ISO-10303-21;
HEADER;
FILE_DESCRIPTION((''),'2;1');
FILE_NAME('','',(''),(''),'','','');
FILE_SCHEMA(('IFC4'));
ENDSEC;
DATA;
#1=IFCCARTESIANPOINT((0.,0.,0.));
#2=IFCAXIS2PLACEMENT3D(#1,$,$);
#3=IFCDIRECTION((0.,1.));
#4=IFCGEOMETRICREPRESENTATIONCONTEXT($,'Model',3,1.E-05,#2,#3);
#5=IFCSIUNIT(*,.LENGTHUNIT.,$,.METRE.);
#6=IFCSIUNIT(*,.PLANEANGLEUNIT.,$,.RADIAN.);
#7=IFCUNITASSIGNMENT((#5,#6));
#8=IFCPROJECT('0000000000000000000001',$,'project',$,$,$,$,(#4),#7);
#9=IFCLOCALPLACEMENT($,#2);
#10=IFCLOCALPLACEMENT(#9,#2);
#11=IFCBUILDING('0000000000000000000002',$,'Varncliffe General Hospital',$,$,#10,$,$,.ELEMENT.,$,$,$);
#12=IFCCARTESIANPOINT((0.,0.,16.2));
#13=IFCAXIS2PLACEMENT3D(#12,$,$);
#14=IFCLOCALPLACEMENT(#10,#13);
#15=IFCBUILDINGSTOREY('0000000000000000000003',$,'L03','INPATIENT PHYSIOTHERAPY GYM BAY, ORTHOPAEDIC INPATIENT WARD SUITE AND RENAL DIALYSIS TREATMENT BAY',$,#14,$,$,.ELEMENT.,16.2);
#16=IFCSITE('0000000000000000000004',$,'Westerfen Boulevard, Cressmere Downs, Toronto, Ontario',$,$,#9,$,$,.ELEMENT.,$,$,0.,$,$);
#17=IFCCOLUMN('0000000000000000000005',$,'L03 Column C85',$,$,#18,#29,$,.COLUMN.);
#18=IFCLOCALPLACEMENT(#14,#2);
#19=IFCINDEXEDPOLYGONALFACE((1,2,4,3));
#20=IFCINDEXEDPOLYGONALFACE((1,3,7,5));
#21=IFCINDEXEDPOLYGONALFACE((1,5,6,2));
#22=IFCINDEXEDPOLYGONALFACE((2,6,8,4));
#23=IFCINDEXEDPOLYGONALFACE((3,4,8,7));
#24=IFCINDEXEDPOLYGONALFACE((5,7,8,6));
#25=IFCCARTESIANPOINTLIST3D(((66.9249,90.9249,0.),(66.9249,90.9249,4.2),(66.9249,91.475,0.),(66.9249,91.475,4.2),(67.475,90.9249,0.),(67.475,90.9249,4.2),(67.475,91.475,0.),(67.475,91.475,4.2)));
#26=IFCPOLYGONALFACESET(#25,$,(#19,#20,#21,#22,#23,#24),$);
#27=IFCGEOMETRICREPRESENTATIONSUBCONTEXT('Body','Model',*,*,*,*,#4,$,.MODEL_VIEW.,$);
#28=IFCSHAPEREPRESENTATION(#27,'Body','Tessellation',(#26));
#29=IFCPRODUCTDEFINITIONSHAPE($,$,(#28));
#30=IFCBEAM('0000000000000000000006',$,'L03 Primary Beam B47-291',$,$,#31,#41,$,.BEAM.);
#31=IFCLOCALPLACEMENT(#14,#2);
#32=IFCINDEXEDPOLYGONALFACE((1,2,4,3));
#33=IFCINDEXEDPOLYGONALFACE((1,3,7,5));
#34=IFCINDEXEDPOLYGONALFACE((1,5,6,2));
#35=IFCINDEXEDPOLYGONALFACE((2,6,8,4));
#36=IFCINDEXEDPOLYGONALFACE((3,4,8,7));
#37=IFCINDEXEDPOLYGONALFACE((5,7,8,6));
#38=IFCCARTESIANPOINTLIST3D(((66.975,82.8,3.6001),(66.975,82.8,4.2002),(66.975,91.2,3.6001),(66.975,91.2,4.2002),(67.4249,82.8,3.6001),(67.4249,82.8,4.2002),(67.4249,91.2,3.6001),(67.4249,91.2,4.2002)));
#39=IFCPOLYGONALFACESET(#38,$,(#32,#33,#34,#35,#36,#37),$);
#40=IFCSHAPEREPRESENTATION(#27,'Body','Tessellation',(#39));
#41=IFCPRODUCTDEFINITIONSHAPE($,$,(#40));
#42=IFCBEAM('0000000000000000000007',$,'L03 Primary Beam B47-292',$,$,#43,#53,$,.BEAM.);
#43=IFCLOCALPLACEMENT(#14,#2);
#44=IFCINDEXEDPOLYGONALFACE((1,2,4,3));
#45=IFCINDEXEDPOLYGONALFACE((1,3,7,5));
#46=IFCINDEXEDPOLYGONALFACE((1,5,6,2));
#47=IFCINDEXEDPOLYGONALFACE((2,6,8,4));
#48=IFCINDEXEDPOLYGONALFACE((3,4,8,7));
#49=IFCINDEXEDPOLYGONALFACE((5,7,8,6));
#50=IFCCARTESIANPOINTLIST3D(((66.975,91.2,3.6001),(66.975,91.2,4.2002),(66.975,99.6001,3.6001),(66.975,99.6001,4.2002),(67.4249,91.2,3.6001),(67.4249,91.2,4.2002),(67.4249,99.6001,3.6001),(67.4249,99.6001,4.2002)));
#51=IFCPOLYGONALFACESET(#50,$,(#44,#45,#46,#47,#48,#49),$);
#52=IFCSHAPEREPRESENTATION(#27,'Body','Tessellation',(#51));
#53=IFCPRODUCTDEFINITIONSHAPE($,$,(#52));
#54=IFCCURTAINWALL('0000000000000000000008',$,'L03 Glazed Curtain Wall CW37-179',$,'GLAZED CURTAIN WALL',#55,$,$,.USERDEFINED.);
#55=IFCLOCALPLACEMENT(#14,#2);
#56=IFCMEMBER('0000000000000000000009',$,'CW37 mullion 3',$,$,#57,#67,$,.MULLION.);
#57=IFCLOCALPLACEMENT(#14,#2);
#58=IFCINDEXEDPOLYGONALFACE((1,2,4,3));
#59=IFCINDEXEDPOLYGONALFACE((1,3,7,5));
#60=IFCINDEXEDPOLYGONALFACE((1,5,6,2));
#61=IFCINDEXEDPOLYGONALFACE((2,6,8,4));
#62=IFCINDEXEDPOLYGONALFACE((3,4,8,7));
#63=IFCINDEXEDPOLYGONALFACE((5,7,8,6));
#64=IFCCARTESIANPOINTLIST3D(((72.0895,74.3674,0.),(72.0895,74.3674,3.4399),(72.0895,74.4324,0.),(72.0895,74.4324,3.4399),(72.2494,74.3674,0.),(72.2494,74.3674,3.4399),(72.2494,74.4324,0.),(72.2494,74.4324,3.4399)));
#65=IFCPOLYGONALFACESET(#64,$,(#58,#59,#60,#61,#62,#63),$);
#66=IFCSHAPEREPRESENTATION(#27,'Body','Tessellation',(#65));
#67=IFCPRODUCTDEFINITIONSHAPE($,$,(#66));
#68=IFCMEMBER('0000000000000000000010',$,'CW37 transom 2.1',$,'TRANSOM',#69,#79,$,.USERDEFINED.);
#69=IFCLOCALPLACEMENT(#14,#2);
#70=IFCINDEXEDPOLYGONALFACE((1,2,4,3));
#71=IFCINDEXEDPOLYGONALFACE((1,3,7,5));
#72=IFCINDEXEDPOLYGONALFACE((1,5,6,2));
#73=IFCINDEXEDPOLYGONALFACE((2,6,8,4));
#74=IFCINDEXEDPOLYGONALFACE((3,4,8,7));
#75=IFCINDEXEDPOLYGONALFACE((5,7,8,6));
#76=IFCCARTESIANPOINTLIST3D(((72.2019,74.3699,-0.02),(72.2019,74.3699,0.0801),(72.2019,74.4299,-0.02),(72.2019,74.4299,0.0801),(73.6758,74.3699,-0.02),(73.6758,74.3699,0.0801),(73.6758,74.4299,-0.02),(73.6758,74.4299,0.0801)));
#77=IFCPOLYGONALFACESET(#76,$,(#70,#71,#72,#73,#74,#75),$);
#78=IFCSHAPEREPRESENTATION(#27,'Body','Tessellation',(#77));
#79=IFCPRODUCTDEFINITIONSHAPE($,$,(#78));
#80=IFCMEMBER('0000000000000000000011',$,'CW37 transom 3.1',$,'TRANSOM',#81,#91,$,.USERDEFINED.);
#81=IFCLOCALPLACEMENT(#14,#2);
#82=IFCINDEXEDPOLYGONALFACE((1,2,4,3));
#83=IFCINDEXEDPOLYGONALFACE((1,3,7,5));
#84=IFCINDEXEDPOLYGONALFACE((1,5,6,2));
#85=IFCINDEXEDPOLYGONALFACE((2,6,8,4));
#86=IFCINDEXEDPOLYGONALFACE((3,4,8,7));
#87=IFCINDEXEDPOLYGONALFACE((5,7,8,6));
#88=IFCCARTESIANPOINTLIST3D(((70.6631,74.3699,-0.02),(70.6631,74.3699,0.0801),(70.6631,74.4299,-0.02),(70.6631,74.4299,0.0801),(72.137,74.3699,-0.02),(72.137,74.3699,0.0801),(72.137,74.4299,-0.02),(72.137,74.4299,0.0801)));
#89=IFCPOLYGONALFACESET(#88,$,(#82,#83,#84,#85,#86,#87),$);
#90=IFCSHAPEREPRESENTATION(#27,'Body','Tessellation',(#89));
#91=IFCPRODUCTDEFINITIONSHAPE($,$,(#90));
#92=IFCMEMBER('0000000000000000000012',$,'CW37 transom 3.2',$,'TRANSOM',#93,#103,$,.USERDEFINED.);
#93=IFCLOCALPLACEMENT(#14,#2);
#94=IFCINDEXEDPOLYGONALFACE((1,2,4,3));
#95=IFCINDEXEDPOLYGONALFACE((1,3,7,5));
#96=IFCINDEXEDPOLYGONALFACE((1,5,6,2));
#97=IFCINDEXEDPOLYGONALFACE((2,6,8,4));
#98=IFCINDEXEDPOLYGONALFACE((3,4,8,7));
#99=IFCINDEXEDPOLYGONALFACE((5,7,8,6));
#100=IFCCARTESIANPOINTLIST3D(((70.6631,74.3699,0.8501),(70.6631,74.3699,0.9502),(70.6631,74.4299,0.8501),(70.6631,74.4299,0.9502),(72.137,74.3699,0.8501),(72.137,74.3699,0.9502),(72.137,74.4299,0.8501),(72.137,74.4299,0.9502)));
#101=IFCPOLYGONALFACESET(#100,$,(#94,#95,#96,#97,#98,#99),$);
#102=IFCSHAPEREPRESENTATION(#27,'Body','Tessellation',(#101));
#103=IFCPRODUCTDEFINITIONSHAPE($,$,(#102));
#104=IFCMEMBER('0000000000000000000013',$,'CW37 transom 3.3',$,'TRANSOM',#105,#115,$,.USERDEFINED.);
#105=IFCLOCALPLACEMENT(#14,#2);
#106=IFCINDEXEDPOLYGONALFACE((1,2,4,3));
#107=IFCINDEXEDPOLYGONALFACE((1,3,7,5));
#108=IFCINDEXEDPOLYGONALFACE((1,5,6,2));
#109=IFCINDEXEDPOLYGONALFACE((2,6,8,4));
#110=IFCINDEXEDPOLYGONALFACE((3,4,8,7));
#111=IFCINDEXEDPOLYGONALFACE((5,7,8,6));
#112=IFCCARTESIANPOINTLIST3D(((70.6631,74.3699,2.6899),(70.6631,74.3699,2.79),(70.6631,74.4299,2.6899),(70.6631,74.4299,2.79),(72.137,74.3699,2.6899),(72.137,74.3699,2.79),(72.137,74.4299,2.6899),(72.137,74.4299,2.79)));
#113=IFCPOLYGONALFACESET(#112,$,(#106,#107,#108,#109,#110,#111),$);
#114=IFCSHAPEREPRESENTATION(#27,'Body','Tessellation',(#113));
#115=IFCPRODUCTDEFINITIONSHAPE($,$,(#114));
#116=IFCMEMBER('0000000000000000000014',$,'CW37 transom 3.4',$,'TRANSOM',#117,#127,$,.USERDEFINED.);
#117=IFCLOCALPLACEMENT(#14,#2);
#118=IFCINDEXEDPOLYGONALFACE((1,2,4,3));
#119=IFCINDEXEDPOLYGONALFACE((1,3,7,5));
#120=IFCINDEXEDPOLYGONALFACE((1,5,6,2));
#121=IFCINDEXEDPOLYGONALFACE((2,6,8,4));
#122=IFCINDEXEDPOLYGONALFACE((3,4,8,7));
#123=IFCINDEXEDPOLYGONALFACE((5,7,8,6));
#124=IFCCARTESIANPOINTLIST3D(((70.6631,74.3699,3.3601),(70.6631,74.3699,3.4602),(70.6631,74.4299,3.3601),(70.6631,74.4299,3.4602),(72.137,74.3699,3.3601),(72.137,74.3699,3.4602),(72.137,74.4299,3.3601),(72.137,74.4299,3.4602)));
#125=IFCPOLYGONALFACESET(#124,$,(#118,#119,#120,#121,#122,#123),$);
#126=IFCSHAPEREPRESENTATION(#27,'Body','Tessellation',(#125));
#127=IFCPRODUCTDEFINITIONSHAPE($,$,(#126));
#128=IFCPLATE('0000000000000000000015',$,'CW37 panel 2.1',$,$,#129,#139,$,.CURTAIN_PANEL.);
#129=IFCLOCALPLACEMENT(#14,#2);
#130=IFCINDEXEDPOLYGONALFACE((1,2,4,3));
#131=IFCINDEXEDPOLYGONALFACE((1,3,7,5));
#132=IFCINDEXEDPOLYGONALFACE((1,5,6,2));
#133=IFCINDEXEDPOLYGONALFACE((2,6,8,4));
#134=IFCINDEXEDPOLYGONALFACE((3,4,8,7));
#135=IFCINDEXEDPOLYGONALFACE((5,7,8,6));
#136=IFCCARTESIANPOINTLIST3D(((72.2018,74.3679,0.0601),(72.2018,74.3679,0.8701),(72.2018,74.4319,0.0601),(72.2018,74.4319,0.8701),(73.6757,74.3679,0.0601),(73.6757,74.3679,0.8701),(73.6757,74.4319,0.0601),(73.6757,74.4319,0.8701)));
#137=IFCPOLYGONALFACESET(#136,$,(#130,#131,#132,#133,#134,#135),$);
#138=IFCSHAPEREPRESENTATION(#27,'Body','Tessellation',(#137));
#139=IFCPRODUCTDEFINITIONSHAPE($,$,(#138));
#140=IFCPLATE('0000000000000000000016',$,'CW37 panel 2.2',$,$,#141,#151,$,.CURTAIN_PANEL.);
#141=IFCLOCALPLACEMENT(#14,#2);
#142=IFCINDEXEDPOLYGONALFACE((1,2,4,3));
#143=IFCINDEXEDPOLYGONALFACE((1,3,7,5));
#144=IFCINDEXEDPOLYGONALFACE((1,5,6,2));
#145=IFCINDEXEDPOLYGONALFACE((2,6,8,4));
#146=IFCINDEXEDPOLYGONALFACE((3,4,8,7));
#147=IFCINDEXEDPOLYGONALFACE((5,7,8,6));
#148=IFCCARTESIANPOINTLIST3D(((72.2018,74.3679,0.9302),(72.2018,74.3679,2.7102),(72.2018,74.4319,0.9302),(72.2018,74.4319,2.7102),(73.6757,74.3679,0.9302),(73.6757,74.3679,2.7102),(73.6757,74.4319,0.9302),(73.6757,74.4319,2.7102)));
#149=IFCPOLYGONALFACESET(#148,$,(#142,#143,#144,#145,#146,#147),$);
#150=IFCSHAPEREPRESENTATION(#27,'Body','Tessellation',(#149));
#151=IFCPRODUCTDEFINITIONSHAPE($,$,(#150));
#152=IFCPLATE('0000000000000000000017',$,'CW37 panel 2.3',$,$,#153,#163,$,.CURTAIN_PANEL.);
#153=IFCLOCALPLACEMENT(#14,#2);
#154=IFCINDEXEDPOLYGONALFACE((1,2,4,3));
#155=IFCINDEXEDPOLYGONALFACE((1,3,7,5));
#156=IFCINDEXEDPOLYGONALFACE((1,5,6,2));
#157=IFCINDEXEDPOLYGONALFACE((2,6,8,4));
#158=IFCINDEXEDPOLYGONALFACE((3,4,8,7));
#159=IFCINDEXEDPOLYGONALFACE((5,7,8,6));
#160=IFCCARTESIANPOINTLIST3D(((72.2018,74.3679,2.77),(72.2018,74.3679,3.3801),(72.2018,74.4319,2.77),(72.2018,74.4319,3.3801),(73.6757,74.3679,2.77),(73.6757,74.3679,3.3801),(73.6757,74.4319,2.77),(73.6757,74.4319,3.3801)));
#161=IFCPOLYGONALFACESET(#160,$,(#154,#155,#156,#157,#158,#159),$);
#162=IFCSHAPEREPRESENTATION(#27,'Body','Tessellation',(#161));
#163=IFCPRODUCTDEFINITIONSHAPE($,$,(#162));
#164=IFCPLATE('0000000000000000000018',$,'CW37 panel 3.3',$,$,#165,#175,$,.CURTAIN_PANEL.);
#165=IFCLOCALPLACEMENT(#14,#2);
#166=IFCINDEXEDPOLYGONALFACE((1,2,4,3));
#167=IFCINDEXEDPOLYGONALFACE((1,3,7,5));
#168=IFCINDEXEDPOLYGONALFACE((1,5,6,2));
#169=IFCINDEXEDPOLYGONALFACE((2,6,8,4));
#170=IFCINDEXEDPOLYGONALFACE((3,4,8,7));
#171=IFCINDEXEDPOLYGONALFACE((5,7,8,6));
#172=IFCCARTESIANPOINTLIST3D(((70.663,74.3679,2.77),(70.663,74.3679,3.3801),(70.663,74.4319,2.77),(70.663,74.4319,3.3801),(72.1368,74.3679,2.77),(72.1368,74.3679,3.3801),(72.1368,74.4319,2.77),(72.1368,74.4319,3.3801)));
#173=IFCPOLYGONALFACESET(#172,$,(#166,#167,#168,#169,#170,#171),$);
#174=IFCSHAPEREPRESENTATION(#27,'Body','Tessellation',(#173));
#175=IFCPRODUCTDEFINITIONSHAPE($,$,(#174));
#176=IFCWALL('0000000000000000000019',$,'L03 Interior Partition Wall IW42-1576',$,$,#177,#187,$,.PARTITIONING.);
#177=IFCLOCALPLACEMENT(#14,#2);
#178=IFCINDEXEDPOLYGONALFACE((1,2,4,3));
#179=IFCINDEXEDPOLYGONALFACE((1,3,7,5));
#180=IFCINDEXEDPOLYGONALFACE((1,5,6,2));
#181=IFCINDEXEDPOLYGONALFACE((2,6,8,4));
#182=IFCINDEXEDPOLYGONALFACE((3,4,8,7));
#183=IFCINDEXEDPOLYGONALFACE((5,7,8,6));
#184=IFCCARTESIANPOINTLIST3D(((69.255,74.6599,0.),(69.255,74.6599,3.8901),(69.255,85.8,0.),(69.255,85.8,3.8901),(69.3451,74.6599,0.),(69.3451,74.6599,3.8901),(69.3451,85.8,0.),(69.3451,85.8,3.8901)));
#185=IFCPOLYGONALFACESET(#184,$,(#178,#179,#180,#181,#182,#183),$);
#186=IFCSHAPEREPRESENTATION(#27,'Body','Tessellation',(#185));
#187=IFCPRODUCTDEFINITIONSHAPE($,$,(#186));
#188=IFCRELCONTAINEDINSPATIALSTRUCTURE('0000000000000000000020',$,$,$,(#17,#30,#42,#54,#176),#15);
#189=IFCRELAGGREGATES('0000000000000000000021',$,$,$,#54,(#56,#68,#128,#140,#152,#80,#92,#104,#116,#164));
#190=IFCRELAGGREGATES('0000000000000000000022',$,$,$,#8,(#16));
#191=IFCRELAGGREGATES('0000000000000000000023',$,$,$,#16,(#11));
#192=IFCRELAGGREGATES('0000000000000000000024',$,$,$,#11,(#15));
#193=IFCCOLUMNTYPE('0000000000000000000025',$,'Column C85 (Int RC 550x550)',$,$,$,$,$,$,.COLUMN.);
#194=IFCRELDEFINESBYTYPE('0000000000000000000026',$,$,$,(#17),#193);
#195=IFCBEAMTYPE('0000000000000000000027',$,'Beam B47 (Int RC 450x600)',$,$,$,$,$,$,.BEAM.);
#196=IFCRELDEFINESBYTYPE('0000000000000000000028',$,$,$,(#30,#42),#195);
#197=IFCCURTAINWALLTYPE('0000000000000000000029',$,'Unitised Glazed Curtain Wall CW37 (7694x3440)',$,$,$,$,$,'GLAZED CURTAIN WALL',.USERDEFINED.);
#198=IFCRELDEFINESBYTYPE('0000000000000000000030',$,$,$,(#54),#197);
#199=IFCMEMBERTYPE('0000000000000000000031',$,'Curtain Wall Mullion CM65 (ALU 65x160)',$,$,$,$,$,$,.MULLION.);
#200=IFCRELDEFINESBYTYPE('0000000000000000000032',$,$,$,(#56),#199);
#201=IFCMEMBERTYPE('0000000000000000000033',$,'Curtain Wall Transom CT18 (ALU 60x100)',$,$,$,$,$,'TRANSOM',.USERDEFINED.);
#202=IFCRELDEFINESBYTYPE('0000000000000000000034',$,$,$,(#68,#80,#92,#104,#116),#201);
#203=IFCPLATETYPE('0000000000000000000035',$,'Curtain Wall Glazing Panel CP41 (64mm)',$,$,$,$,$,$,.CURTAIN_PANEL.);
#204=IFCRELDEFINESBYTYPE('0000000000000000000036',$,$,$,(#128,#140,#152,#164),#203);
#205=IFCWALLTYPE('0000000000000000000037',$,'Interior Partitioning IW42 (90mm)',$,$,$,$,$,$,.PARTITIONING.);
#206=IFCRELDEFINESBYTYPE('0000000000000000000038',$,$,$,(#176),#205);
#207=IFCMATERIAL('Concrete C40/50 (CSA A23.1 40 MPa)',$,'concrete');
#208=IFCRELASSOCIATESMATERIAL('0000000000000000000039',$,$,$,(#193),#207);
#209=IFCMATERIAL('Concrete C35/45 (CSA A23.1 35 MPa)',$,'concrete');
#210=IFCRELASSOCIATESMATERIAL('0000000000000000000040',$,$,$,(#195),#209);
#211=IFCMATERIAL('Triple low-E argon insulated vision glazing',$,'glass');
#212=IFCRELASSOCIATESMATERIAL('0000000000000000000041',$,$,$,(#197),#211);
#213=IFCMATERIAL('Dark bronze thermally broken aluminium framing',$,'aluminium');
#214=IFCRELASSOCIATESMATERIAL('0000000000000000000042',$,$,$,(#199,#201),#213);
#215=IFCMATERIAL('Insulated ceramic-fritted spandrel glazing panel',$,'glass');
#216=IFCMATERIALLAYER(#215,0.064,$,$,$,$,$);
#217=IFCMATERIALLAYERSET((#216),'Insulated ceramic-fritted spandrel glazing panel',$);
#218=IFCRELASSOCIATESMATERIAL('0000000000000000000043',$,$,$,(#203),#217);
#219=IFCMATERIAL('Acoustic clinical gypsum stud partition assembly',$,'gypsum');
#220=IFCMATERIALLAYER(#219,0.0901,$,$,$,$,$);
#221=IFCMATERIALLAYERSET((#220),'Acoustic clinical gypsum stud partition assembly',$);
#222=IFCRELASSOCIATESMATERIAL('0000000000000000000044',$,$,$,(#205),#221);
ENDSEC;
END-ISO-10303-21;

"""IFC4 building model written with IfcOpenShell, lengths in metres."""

from ifc_helpers import new_model, si_unit, direction, frame, frame_2d, origin, origin_2d, place, context, subcontext, project, spatial, rectangle, extrude, material, layer, layer_set, material_profile, profile_set, type_object, element, aggregate, save


model = new_model("IFC4")

# Units and contexts
model_context = context("Model", 3, precision=1e-05, world=origin(), true_north=direction((0.0, 1.0)))
body_context = subcontext(model_context, "Body", "Model", "MODEL_VIEW")
ifc_project = project(units=[si_unit("LENGTHUNIT", "METRE"), si_unit("PLANEANGLEUNIT", "RADIAN")], contexts=[model_context])

# Site, building, storey
site_placement = place(None, origin())
site = spatial("IfcSite", under=ifc_project, at=site_placement, Name="Westerfen Boulevard, Cressmere Downs, Toronto, Ontario", CompositionType="ELEMENT", RefElevation=0.0)
building_placement = place(site_placement, origin())
building = spatial("IfcBuilding", under=site, at=building_placement, Name="Varncliffe General Hospital", CompositionType="ELEMENT")
storey_placement = place(building_placement, frame((0.0, 0.0, 16.2)))
storey = spatial("IfcBuildingStorey", under=building, at=storey_placement, Name="L03", Description="INPATIENT PHYSIOTHERAPY GYM BAY, ORTHOPAEDIC INPATIENT WARD SUITE AND RENAL DIALYSIS TREATMENT BAY", CompositionType="ELEMENT", Elevation=16.2)

# Column
ifc_material_1 = material(Name="Concrete C40/50 (CSA A23.1 40 MPa)", Category="concrete")
ifc_material_profile_1 = material_profile(ifc_material_1, rectangle(XDim=0.55, YDim=0.55, at=origin_2d()), Name="RC 550x550")
ifc_profile_set_1 = profile_set([ifc_material_profile_1], Name="Concrete C40/50 (CSA A23.1 40 MPa)")
column_type = type_object("IfcColumnType", Name="Column C85 (Int RC 550x550)", PredefinedType="COLUMN", material=ifc_profile_set_1)
column_placement = place(storey_placement, frame((67.2, 91.2, 0.0), z_axis=(0.0, 0.0, 1.0), x_axis=(1.0, 0.0, 0.0)))
element("IfcColumn", 1, at=column_placement, inside=storey, type_object=column_type, Name="L03 Column C85", PredefinedType="COLUMN", context=body_context, shape_type="SweptSolid", body=[
    extrude(rectangle(XDim=0.55, YDim=0.55, at=origin_2d()), origin(), (0.0, 0.0, 1.0), 4.2),
])

# Beams
ifc_material_2 = material(Name="Concrete C35/45 (CSA A23.1 35 MPa)", Category="concrete")
ifc_material_profile_2 = material_profile(ifc_material_2, rectangle(XDim=0.45, YDim=0.6001, at=origin_2d()), Name="RC 450x600")
ifc_profile_set_2 = profile_set([ifc_material_profile_2], Name="Concrete C35/45 (CSA A23.1 35 MPa)")
beam_type = type_object("IfcBeamType", Name="Beam B47 (Int RC 450x600)", PredefinedType="BEAM", material=ifc_profile_set_2)
beam_1_placement = place(storey_placement, frame((67.2, 82.8, 3.9001), z_axis=(0.0, 1.0, 0.0), x_axis=(-1.0, 0.0, 0.0)))
element("IfcBeam", 2, at=beam_1_placement, inside=storey, type_object=beam_type, Name="L03 Primary Beam B47-291", PredefinedType="BEAM", context=body_context, shape_type="SweptSolid", body=[
    extrude(rectangle(XDim=0.45, YDim=0.6001, at=origin_2d()), origin(), (0.0, 0.0, 1.0), 8.3999),
])
beam_2_placement = place(storey_placement, frame((67.2, 91.2, 3.9001), z_axis=(0.0, 1.0, 0.0), x_axis=(-1.0, 0.0, 0.0)))
element("IfcBeam", 3, at=beam_2_placement, inside=storey, type_object=beam_type, Name="L03 Primary Beam B47-292", PredefinedType="BEAM", context=body_context, shape_type="SweptSolid", body=[
    extrude(rectangle(XDim=0.45, YDim=0.6001, at=origin_2d()), origin(), (0.0, 0.0, 1.0), 8.4001),
])

# Curtain wall, members, plates
ifc_material_3 = material(Name="Triple low-E argon insulated vision glazing", Category="glass")
curtain_wall_type = type_object("IfcCurtainWallType", Name="Unitised Glazed Curtain Wall CW37 (7694x3440)", ElementType="GLAZED CURTAIN WALL", PredefinedType="USERDEFINED", material=ifc_material_3)
curtain_wall_placement = place(storey_placement, origin())
curtain_wall = element("IfcCurtainWall", 4, at=curtain_wall_placement, inside=storey, type_object=curtain_wall_type, Name="L03 Glazed Curtain Wall CW37-179", ObjectType="GLAZED CURTAIN WALL", PredefinedType="USERDEFINED")
ifc_material_4 = material(Name="Dark bronze thermally broken aluminium framing", Category="aluminium")
ifc_material_profile_3 = material_profile(ifc_material_4, rectangle(XDim=0.0649, YDim=0.1599, at=origin_2d()), Name="ALU 65x160")
ifc_profile_set_3 = profile_set([ifc_material_profile_3], Name="Dark bronze thermally broken aluminium framing")
member_type_1 = type_object("IfcMemberType", Name="Curtain Wall Mullion CM65 (ALU 65x160)", PredefinedType="MULLION", material=ifc_profile_set_3)
member_1_placement = place(storey_placement, frame((72.1694, 74.3999, 0.0), z_axis=(0.0, 0.0, 1.0), x_axis=(0.0, -1.0, 0.0)))
member_1 = element("IfcMember", 5, at=member_1_placement, type_object=member_type_1, Name="CW37 mullion 3", PredefinedType="MULLION", context=body_context, shape_type="SweptSolid", body=[
    extrude(rectangle(XDim=0.0649, YDim=0.1599, at=origin_2d()), origin(), (0.0, 0.0, 1.0), 3.4399),
])
ifc_material_profile_4 = material_profile(ifc_material_4, rectangle(XDim=0.0601, YDim=0.1001, at=origin_2d()), Name="ALU 60x100")
ifc_profile_set_4 = profile_set([ifc_material_profile_4], Name="Dark bronze thermally broken aluminium framing")
member_type_2 = type_object("IfcMemberType", Name="Curtain Wall Transom CT18 (ALU 60x100)", ElementType="TRANSOM", PredefinedType="USERDEFINED", material=ifc_profile_set_4)
member_2_placement = place(storey_placement, frame((73.6758, 74.3999, 0.03), z_axis=(-1.0, 0.0, 0.0), x_axis=(0.0, -1.0, 0.0)))
member_2 = element("IfcMember", 6, at=member_2_placement, type_object=member_type_2, Name="CW37 transom 2.1", ObjectType="TRANSOM", PredefinedType="USERDEFINED", context=body_context, shape_type="SweptSolid", body=[
    extrude(rectangle(XDim=0.0601, YDim=0.1001, at=origin_2d()), origin(), (0.0, 0.0, 1.0), 1.4739),
])
member_3_placement = place(storey_placement, frame((72.137, 74.3999, 0.03), z_axis=(-1.0, 0.0, 0.0), x_axis=(0.0, -1.0, 0.0)))
member_3 = element("IfcMember", 7, at=member_3_placement, type_object=member_type_2, Name="CW37 transom 3.1", ObjectType="TRANSOM", PredefinedType="USERDEFINED", context=body_context, shape_type="SweptSolid", body=[
    extrude(rectangle(XDim=0.0601, YDim=0.1001, at=origin_2d()), origin(), (0.0, 0.0, 1.0), 1.4739),
])
member_4_placement = place(storey_placement, frame((72.137, 74.3999, 0.9001), z_axis=(-1.0, 0.0, 0.0), x_axis=(0.0, -1.0, 0.0)))
member_4 = element("IfcMember", 8, at=member_4_placement, type_object=member_type_2, Name="CW37 transom 3.2", ObjectType="TRANSOM", PredefinedType="USERDEFINED", context=body_context, shape_type="SweptSolid", body=[
    extrude(rectangle(XDim=0.0601, YDim=0.1001, at=origin_2d()), origin(), (0.0, 0.0, 1.0), 1.4739),
])
member_5_placement = place(storey_placement, frame((72.137, 74.3999, 2.74), z_axis=(-1.0, 0.0, 0.0), x_axis=(0.0, -1.0, 0.0)))
member_5 = element("IfcMember", 9, at=member_5_placement, type_object=member_type_2, Name="CW37 transom 3.3", ObjectType="TRANSOM", PredefinedType="USERDEFINED", context=body_context, shape_type="SweptSolid", body=[
    extrude(rectangle(XDim=0.0601, YDim=0.1001, at=origin_2d()), origin(), (0.0, 0.0, 1.0), 1.4739),
])
member_6_placement = place(storey_placement, frame((72.137, 74.3999, 3.4102), z_axis=(-1.0, 0.0, 0.0), x_axis=(0.0, -1.0, 0.0)))
member_6 = element("IfcMember", 10, at=member_6_placement, type_object=member_type_2, Name="CW37 transom 3.4", ObjectType="TRANSOM", PredefinedType="USERDEFINED", context=body_context, shape_type="SweptSolid", body=[
    extrude(rectangle(XDim=0.0601, YDim=0.1001, at=origin_2d()), origin(), (0.0, 0.0, 1.0), 1.4739),
])
ifc_material_5 = material(Name="Insulated ceramic-fritted spandrel glazing panel", Category="glass")
ifc_layer_1 = layer(ifc_material_5, 0.064)
ifc_layer_set_1 = layer_set([ifc_layer_1], Name="Insulated ceramic-fritted spandrel glazing panel")
plate_type = type_object("IfcPlateType", Name="Curtain Wall Glazing Panel CP41 (64mm)", PredefinedType="CURTAIN_PANEL", material=ifc_layer_set_1)
plate_1_placement = place(storey_placement, frame((72.9387, 74.3999, 0.0601), z_axis=(0.0, 0.0, 1.0), x_axis=(-1.0, 0.0, 0.0)))
plate_1 = element("IfcPlate", 11, at=plate_1_placement, type_object=plate_type, Name="CW37 panel 2.1", PredefinedType="CURTAIN_PANEL", context=body_context, shape_type="SweptSolid", body=[
    extrude(rectangle(XDim=1.4739, YDim=0.064, at=origin_2d()), origin(), (0.0, 0.0, 1.0), 0.8101),
])
plate_2_placement = place(storey_placement, frame((72.9387, 74.3999, 0.9302), z_axis=(0.0, 0.0, 1.0), x_axis=(-1.0, 0.0, 0.0)))
plate_2 = element("IfcPlate", 12, at=plate_2_placement, type_object=plate_type, Name="CW37 panel 2.2", PredefinedType="CURTAIN_PANEL", context=body_context, shape_type="SweptSolid", body=[
    extrude(rectangle(XDim=1.4739, YDim=0.064, at=origin_2d()), origin(), (0.0, 0.0, 1.0), 1.78),
])
plate_3_placement = place(storey_placement, frame((72.9387, 74.3999, 2.77), z_axis=(0.0, 0.0, 1.0), x_axis=(-1.0, 0.0, 0.0)))
plate_3 = element("IfcPlate", 13, at=plate_3_placement, type_object=plate_type, Name="CW37 panel 2.3", PredefinedType="CURTAIN_PANEL", context=body_context, shape_type="SweptSolid", body=[
    extrude(rectangle(XDim=1.4739, YDim=0.064, at=origin_2d()), origin(), (0.0, 0.0, 1.0), 0.6101),
])
plate_4_placement = place(storey_placement, frame((71.3999, 74.3999, 2.77), z_axis=(0.0, 0.0, 1.0), x_axis=(-1.0, 0.0, 0.0)))
plate_4 = element("IfcPlate", 14, at=plate_4_placement, type_object=plate_type, Name="CW37 panel 3.3", PredefinedType="CURTAIN_PANEL", context=body_context, shape_type="SweptSolid", body=[
    extrude(rectangle(XDim=1.4739, YDim=0.064, at=origin_2d()), origin(), (0.0, 0.0, 1.0), 0.6101),
])
aggregate(curtain_wall, [member_1, member_2, plate_1, plate_2, plate_3, member_3, member_4, member_5, member_6, plate_4])

# Wall
ifc_material_6 = material(Name="Acoustic clinical gypsum stud partition assembly", Category="gypsum")
ifc_layer_2 = layer(ifc_material_6, 0.0901)
ifc_layer_set_2 = layer_set([ifc_layer_2], Name="Acoustic clinical gypsum stud partition assembly")
wall_type_1 = type_object("IfcWallType", Name="Interior Partitioning IW42 (90mm)", PredefinedType="PARTITIONING", material=ifc_layer_set_2)
wall_1_placement = place(storey_placement, frame((69.3, 74.6599, 0.0), z_axis=(0.0, 0.0, 1.0), x_axis=(0.0, 1.0, 0.0)))
element("IfcWall", 15, at=wall_1_placement, inside=storey, type_object=wall_type_1, Name="L03 Interior Partition Wall IW42-1576", PredefinedType="PARTITIONING", context=body_context, shape_type="SweptSolid", body=[
    extrude(rectangle(XDim=11.1401, YDim=0.0901, at=frame_2d((5.5701, 0.0))), origin(), (0.0, 0.0, 1.0), 3.8901),
])

save(model, "model.ifc")
